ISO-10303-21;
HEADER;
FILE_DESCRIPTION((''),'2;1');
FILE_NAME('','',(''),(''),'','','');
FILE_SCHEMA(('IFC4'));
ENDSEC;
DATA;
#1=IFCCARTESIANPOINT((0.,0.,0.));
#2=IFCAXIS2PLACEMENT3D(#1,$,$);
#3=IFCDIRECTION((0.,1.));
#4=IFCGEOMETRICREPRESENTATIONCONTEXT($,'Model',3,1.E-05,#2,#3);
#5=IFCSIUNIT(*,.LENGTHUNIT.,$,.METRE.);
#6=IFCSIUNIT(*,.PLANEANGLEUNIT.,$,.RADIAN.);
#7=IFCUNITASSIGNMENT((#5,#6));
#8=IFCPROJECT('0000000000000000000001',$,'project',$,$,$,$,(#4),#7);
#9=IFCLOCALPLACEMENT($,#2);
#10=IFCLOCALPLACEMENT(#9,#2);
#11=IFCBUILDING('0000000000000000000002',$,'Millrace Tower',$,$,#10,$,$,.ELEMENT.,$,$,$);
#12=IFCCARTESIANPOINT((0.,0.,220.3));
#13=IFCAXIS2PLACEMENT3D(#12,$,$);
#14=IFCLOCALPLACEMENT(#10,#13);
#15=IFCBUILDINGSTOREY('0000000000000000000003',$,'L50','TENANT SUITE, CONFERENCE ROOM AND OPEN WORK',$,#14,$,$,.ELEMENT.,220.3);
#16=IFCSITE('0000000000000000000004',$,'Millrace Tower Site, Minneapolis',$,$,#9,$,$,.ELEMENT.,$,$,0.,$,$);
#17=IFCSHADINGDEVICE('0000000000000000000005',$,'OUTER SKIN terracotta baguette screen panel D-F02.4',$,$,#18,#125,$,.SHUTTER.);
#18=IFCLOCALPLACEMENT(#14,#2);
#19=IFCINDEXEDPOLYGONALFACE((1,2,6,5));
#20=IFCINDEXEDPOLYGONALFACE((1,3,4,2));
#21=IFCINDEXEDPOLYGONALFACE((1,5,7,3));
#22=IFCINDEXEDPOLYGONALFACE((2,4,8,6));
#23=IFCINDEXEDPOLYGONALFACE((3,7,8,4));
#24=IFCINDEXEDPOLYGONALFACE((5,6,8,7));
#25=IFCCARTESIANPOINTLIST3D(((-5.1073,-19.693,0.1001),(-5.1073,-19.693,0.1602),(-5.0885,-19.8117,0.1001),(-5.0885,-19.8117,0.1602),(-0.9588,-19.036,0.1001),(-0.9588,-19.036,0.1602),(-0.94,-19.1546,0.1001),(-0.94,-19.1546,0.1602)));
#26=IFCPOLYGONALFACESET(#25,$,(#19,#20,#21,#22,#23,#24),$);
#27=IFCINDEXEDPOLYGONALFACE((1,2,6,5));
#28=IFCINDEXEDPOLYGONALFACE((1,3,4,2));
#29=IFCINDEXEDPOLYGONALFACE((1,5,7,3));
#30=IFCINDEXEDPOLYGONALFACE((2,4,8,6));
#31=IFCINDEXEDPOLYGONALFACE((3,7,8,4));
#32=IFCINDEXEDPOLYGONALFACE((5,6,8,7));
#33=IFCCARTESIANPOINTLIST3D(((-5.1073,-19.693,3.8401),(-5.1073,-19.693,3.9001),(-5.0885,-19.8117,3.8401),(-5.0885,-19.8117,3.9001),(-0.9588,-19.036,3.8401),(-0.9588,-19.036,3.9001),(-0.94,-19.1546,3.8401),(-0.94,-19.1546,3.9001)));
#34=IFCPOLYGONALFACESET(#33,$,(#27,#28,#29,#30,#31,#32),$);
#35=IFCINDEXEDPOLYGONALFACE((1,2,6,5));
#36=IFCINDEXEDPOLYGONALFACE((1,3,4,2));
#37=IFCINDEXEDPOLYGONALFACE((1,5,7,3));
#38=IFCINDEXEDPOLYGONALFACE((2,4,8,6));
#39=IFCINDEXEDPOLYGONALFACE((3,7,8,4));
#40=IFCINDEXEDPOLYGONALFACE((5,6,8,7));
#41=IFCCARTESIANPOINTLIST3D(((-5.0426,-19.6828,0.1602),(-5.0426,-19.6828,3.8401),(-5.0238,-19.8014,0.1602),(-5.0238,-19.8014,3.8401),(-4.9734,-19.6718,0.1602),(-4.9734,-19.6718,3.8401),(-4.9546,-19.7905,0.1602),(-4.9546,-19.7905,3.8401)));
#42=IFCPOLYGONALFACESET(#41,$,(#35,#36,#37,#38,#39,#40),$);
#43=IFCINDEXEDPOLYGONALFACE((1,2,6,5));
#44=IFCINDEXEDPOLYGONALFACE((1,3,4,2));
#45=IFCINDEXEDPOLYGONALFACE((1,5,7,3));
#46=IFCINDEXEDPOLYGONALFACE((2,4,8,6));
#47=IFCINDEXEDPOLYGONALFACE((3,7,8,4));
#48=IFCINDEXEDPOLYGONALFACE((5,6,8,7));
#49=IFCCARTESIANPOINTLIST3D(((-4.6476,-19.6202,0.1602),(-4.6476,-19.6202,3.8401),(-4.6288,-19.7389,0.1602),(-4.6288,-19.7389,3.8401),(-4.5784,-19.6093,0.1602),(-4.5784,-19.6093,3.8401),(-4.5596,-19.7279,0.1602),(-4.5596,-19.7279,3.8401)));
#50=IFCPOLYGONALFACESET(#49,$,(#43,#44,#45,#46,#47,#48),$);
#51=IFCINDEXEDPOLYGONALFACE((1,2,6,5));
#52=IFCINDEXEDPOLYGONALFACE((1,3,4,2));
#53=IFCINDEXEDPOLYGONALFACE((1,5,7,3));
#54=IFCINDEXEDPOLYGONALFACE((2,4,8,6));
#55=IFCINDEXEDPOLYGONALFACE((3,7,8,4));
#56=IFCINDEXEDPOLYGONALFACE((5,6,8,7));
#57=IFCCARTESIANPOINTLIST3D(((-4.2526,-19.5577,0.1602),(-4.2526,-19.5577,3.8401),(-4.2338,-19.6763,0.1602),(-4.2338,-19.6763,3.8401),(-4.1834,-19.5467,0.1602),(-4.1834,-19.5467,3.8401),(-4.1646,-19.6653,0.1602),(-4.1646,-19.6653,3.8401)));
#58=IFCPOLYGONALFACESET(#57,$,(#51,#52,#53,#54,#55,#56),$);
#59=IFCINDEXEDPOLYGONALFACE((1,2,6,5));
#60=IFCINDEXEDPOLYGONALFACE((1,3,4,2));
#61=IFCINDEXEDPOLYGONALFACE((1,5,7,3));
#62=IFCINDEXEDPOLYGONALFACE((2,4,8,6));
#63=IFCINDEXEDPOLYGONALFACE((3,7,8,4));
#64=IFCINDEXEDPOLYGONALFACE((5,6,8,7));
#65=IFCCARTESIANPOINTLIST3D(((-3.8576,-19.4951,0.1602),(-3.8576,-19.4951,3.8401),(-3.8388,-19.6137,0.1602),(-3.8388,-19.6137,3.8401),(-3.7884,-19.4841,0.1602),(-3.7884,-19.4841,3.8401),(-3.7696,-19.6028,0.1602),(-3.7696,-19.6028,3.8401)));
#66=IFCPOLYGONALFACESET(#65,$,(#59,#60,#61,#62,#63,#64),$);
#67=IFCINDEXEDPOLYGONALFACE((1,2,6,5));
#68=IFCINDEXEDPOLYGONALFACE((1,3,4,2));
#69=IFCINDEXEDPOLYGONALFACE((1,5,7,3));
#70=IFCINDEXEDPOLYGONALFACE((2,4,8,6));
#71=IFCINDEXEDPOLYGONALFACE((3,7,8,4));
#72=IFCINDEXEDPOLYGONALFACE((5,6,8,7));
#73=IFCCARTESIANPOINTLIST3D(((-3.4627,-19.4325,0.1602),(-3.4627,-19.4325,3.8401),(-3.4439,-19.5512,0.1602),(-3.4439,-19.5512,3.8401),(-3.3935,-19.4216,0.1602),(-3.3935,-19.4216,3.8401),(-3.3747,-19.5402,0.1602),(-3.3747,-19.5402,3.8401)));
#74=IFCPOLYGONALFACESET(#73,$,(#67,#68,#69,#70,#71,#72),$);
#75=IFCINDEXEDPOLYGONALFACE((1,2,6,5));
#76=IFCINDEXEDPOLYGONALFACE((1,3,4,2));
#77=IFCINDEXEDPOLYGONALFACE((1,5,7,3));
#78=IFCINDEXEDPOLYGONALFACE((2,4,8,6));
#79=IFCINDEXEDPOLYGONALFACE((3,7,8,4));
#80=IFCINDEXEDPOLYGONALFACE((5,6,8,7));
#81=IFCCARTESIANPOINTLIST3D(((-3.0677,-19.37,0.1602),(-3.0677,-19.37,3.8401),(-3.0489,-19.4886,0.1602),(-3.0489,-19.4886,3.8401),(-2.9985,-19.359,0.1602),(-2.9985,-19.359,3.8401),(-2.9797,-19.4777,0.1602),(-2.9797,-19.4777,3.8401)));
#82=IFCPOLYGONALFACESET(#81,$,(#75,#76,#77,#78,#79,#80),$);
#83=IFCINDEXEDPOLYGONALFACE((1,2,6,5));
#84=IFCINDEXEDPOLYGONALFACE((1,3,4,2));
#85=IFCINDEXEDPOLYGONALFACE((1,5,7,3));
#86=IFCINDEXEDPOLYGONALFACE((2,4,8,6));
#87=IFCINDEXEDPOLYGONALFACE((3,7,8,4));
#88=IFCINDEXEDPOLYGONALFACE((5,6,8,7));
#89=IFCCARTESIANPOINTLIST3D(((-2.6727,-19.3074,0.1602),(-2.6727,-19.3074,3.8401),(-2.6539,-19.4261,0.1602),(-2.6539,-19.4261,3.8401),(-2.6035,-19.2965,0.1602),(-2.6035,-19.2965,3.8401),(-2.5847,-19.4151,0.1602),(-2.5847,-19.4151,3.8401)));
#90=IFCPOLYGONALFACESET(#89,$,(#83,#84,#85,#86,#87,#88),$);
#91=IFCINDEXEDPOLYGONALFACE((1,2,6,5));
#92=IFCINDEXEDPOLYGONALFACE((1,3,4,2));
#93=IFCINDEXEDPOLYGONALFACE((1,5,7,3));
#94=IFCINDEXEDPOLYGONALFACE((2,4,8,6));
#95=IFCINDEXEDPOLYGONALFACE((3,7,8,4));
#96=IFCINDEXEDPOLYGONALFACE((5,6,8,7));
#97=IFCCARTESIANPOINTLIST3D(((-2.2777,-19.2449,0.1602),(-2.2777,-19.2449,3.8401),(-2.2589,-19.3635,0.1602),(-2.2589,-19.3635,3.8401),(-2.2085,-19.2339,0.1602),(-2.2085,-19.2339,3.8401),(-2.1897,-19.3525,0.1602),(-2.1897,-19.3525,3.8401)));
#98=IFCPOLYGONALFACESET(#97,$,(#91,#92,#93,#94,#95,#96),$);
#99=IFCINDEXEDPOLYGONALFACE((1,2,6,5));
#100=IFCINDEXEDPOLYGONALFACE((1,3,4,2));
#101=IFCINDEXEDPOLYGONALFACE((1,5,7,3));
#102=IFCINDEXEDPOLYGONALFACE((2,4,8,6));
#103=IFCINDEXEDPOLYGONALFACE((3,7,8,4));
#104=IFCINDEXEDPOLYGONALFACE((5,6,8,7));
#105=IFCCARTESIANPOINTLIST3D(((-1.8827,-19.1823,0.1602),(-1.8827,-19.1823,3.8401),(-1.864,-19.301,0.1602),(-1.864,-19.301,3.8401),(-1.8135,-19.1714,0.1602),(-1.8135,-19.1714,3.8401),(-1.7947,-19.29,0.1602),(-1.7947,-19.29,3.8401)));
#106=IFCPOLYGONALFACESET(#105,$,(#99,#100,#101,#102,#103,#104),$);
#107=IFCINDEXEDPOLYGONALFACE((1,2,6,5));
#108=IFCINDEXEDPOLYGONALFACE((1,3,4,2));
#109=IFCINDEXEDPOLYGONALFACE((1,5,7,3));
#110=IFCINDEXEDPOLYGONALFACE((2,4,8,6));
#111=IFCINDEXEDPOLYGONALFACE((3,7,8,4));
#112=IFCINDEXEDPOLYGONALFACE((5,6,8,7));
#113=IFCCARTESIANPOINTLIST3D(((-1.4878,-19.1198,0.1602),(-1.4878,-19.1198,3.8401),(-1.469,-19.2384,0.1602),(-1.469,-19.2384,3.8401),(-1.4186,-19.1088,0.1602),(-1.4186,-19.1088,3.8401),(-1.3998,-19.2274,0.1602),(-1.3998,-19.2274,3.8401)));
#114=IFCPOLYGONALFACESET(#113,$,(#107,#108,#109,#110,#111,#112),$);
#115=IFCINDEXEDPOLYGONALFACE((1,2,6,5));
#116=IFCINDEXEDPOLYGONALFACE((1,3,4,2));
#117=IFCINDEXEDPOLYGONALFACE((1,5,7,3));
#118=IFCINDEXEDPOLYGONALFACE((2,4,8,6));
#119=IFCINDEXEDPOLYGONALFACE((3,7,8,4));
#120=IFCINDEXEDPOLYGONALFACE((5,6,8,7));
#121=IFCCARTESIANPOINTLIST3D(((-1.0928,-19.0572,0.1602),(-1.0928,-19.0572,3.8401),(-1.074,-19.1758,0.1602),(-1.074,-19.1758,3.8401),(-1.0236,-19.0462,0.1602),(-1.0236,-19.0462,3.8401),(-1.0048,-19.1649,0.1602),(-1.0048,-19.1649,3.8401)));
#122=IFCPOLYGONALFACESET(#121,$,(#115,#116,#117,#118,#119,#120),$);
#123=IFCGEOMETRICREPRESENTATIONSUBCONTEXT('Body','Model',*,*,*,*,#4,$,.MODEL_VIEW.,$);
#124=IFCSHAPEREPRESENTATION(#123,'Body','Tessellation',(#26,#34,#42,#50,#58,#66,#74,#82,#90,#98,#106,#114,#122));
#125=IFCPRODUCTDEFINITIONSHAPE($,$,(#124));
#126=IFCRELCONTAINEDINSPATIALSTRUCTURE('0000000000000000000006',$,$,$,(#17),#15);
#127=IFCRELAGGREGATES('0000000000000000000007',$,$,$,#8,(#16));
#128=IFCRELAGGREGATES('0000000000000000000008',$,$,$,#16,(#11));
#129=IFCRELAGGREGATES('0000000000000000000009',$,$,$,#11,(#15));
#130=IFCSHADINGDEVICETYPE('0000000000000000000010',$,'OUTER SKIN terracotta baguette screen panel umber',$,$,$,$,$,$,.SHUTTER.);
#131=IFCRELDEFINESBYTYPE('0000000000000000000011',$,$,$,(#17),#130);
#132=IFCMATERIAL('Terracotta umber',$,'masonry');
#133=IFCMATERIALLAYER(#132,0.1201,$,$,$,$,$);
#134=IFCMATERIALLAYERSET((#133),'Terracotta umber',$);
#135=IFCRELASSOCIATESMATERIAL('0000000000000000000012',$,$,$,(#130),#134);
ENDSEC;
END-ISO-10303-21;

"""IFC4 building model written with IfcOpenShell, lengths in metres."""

from ifc_helpers import new_model, entity, si_unit, direction, frame, frame_2d, origin, origin_2d, place, context, subcontext, project, spatial, rectangle, extrude, source, transform, mapped, material, layer, layer_set, type_object, element, save


model = new_model("IFC4")

# Units and contexts
model_context = context("Model", 3, precision=1e-05, world=origin(), true_north=direction((0.0, 1.0)))
body_context = subcontext(model_context, "Body", "Model", "MODEL_VIEW")
ifc_project = project(units=[si_unit("LENGTHUNIT", "METRE"), si_unit("PLANEANGLEUNIT", "RADIAN")], contexts=[model_context])

# Site, building, storey
site_placement = place(None, origin())
site = spatial("IfcSite", under=ifc_project, at=site_placement, Name="Millrace Tower Site, Minneapolis", CompositionType="ELEMENT", RefElevation=0.0)
building_placement = place(site_placement, origin())
building = spatial("IfcBuilding", under=site, at=building_placement, Name="Millrace Tower", CompositionType="ELEMENT")
storey_placement = place(building_placement, frame((0.0, 0.0, 220.3)))
storey = spatial("IfcBuildingStorey", under=building, at=storey_placement, Name="L50", Description="TENANT SUITE, CONFERENCE ROOM AND OPEN WORK", CompositionType="ELEMENT", Elevation=220.3)

# Shading device
ifc_material_1 = material(Name="Terracotta umber", Category="masonry")
ifc_layer_1 = layer(ifc_material_1, 0.1201)
ifc_layer_set_1 = layer_set([ifc_layer_1], Name="Terracotta umber")
shading_device_type = type_object("IfcShadingDeviceType", Name="OUTER SKIN terracotta baguette screen panel umber", PredefinedType="SHUTTER", material=ifc_layer_set_1)
cartesian_point = entity("IfcCartesianPoint", [-2.1001, 0.0601])
shared_polyline = entity("IfcPolyline", [cartesian_point, entity("IfcCartesianPoint", [2.1001, 0.0601]), entity("IfcCartesianPoint", [2.1001, -0.0601]), entity("IfcCartesianPoint", [-2.1001, -0.0601]), cartesian_point])
shared_shape = source(origin(), body_context, "Body", "SweptSolid", [
    entity("IfcExtrudedAreaSolid", entity("IfcArbitraryClosedProfileDef", "AREA", None, shared_polyline), entity("IfcAxis2Placement3D", entity("IfcCartesianPoint", [0.0, 0.0, 0.0])), entity("IfcDirection", [0.0, 0.0, 1.0]), 0.0601),
    entity("IfcExtrudedAreaSolid", entity("IfcArbitraryClosedProfileDef", "AREA", None, shared_polyline), entity("IfcAxis2Placement3D", entity("IfcCartesianPoint", [0.0, 0.0, 3.74])), entity("IfcDirection", [0.0, 0.0, 1.0]), 0.0601),
    extrude(rectangle(XDim=0.0701, YDim=0.1201, at=frame_2d((-1.9995, 0.0))), frame((0.0, 0.0, 0.0601)), (0.0, 0.0, 1.0), 3.6799),
    extrude(rectangle(XDim=0.0701, YDim=0.1201, at=frame_2d((-1.5996, 0.0))), frame((0.0, 0.0, 0.0601)), (0.0, 0.0, 1.0), 3.6799),
    extrude(rectangle(XDim=0.0701, YDim=0.1201, at=frame_2d((-1.1997, 0.0))), frame((0.0, 0.0, 0.0601)), (0.0, 0.0, 1.0), 3.6799),
    extrude(rectangle(XDim=0.0701, YDim=0.1201, at=frame_2d((-0.7998, 0.0))), frame((0.0, 0.0, 0.0601)), (0.0, 0.0, 1.0), 3.6799),
    extrude(rectangle(XDim=0.0701, YDim=0.1201, at=frame_2d((-0.3999, 0.0))), frame((0.0, 0.0, 0.0601)), (0.0, 0.0, 1.0), 3.6799),
    extrude(rectangle(XDim=0.0701, YDim=0.1201, at=origin_2d()), frame((0.0, 0.0, 0.0601)), (0.0, 0.0, 1.0), 3.6799),
    extrude(rectangle(XDim=0.0701, YDim=0.1201, at=frame_2d((0.3999, 0.0))), frame((0.0, 0.0, 0.0601)), (0.0, 0.0, 1.0), 3.6799),
    extrude(rectangle(XDim=0.0701, YDim=0.1201, at=frame_2d((0.7998, 0.0))), frame((0.0, 0.0, 0.0601)), (0.0, 0.0, 1.0), 3.6799),
    extrude(rectangle(XDim=0.0701, YDim=0.1201, at=frame_2d((1.1997, 0.0))), frame((0.0, 0.0, 0.0601)), (0.0, 0.0, 1.0), 3.6799),
    extrude(rectangle(XDim=0.0701, YDim=0.1201, at=frame_2d((1.5996, 0.0))), frame((0.0, 0.0, 0.0601)), (0.0, 0.0, 1.0), 3.6799),
    extrude(rectangle(XDim=0.0701, YDim=0.1201, at=frame_2d((1.9995, 0.0))), frame((0.0, 0.0, 0.0601)), (0.0, 0.0, 1.0), 3.6799),
])
for number, where, z_axis, x_axis, name in (
    (1, (-3.0237, -19.4238, 0.1001), (0.0, 0.0, 1.0), (0.987688, 0.156434, 0.0), "OUTER SKIN terracotta baguette screen panel D-F02.4"),
):
    element("IfcShadingDevice", number, at=place(storey_placement, frame(where, z_axis=z_axis, x_axis=x_axis)), inside=storey, type_object=shading_device_type, Name=name, PredefinedType="SHUTTER", context=body_context, shape_type="MappedRepresentation", body=[
        mapped(shared_shape, transform((0.0, 0.0, 0.0), scale=1.0)),
    ])

save(model, "model.ifc")
